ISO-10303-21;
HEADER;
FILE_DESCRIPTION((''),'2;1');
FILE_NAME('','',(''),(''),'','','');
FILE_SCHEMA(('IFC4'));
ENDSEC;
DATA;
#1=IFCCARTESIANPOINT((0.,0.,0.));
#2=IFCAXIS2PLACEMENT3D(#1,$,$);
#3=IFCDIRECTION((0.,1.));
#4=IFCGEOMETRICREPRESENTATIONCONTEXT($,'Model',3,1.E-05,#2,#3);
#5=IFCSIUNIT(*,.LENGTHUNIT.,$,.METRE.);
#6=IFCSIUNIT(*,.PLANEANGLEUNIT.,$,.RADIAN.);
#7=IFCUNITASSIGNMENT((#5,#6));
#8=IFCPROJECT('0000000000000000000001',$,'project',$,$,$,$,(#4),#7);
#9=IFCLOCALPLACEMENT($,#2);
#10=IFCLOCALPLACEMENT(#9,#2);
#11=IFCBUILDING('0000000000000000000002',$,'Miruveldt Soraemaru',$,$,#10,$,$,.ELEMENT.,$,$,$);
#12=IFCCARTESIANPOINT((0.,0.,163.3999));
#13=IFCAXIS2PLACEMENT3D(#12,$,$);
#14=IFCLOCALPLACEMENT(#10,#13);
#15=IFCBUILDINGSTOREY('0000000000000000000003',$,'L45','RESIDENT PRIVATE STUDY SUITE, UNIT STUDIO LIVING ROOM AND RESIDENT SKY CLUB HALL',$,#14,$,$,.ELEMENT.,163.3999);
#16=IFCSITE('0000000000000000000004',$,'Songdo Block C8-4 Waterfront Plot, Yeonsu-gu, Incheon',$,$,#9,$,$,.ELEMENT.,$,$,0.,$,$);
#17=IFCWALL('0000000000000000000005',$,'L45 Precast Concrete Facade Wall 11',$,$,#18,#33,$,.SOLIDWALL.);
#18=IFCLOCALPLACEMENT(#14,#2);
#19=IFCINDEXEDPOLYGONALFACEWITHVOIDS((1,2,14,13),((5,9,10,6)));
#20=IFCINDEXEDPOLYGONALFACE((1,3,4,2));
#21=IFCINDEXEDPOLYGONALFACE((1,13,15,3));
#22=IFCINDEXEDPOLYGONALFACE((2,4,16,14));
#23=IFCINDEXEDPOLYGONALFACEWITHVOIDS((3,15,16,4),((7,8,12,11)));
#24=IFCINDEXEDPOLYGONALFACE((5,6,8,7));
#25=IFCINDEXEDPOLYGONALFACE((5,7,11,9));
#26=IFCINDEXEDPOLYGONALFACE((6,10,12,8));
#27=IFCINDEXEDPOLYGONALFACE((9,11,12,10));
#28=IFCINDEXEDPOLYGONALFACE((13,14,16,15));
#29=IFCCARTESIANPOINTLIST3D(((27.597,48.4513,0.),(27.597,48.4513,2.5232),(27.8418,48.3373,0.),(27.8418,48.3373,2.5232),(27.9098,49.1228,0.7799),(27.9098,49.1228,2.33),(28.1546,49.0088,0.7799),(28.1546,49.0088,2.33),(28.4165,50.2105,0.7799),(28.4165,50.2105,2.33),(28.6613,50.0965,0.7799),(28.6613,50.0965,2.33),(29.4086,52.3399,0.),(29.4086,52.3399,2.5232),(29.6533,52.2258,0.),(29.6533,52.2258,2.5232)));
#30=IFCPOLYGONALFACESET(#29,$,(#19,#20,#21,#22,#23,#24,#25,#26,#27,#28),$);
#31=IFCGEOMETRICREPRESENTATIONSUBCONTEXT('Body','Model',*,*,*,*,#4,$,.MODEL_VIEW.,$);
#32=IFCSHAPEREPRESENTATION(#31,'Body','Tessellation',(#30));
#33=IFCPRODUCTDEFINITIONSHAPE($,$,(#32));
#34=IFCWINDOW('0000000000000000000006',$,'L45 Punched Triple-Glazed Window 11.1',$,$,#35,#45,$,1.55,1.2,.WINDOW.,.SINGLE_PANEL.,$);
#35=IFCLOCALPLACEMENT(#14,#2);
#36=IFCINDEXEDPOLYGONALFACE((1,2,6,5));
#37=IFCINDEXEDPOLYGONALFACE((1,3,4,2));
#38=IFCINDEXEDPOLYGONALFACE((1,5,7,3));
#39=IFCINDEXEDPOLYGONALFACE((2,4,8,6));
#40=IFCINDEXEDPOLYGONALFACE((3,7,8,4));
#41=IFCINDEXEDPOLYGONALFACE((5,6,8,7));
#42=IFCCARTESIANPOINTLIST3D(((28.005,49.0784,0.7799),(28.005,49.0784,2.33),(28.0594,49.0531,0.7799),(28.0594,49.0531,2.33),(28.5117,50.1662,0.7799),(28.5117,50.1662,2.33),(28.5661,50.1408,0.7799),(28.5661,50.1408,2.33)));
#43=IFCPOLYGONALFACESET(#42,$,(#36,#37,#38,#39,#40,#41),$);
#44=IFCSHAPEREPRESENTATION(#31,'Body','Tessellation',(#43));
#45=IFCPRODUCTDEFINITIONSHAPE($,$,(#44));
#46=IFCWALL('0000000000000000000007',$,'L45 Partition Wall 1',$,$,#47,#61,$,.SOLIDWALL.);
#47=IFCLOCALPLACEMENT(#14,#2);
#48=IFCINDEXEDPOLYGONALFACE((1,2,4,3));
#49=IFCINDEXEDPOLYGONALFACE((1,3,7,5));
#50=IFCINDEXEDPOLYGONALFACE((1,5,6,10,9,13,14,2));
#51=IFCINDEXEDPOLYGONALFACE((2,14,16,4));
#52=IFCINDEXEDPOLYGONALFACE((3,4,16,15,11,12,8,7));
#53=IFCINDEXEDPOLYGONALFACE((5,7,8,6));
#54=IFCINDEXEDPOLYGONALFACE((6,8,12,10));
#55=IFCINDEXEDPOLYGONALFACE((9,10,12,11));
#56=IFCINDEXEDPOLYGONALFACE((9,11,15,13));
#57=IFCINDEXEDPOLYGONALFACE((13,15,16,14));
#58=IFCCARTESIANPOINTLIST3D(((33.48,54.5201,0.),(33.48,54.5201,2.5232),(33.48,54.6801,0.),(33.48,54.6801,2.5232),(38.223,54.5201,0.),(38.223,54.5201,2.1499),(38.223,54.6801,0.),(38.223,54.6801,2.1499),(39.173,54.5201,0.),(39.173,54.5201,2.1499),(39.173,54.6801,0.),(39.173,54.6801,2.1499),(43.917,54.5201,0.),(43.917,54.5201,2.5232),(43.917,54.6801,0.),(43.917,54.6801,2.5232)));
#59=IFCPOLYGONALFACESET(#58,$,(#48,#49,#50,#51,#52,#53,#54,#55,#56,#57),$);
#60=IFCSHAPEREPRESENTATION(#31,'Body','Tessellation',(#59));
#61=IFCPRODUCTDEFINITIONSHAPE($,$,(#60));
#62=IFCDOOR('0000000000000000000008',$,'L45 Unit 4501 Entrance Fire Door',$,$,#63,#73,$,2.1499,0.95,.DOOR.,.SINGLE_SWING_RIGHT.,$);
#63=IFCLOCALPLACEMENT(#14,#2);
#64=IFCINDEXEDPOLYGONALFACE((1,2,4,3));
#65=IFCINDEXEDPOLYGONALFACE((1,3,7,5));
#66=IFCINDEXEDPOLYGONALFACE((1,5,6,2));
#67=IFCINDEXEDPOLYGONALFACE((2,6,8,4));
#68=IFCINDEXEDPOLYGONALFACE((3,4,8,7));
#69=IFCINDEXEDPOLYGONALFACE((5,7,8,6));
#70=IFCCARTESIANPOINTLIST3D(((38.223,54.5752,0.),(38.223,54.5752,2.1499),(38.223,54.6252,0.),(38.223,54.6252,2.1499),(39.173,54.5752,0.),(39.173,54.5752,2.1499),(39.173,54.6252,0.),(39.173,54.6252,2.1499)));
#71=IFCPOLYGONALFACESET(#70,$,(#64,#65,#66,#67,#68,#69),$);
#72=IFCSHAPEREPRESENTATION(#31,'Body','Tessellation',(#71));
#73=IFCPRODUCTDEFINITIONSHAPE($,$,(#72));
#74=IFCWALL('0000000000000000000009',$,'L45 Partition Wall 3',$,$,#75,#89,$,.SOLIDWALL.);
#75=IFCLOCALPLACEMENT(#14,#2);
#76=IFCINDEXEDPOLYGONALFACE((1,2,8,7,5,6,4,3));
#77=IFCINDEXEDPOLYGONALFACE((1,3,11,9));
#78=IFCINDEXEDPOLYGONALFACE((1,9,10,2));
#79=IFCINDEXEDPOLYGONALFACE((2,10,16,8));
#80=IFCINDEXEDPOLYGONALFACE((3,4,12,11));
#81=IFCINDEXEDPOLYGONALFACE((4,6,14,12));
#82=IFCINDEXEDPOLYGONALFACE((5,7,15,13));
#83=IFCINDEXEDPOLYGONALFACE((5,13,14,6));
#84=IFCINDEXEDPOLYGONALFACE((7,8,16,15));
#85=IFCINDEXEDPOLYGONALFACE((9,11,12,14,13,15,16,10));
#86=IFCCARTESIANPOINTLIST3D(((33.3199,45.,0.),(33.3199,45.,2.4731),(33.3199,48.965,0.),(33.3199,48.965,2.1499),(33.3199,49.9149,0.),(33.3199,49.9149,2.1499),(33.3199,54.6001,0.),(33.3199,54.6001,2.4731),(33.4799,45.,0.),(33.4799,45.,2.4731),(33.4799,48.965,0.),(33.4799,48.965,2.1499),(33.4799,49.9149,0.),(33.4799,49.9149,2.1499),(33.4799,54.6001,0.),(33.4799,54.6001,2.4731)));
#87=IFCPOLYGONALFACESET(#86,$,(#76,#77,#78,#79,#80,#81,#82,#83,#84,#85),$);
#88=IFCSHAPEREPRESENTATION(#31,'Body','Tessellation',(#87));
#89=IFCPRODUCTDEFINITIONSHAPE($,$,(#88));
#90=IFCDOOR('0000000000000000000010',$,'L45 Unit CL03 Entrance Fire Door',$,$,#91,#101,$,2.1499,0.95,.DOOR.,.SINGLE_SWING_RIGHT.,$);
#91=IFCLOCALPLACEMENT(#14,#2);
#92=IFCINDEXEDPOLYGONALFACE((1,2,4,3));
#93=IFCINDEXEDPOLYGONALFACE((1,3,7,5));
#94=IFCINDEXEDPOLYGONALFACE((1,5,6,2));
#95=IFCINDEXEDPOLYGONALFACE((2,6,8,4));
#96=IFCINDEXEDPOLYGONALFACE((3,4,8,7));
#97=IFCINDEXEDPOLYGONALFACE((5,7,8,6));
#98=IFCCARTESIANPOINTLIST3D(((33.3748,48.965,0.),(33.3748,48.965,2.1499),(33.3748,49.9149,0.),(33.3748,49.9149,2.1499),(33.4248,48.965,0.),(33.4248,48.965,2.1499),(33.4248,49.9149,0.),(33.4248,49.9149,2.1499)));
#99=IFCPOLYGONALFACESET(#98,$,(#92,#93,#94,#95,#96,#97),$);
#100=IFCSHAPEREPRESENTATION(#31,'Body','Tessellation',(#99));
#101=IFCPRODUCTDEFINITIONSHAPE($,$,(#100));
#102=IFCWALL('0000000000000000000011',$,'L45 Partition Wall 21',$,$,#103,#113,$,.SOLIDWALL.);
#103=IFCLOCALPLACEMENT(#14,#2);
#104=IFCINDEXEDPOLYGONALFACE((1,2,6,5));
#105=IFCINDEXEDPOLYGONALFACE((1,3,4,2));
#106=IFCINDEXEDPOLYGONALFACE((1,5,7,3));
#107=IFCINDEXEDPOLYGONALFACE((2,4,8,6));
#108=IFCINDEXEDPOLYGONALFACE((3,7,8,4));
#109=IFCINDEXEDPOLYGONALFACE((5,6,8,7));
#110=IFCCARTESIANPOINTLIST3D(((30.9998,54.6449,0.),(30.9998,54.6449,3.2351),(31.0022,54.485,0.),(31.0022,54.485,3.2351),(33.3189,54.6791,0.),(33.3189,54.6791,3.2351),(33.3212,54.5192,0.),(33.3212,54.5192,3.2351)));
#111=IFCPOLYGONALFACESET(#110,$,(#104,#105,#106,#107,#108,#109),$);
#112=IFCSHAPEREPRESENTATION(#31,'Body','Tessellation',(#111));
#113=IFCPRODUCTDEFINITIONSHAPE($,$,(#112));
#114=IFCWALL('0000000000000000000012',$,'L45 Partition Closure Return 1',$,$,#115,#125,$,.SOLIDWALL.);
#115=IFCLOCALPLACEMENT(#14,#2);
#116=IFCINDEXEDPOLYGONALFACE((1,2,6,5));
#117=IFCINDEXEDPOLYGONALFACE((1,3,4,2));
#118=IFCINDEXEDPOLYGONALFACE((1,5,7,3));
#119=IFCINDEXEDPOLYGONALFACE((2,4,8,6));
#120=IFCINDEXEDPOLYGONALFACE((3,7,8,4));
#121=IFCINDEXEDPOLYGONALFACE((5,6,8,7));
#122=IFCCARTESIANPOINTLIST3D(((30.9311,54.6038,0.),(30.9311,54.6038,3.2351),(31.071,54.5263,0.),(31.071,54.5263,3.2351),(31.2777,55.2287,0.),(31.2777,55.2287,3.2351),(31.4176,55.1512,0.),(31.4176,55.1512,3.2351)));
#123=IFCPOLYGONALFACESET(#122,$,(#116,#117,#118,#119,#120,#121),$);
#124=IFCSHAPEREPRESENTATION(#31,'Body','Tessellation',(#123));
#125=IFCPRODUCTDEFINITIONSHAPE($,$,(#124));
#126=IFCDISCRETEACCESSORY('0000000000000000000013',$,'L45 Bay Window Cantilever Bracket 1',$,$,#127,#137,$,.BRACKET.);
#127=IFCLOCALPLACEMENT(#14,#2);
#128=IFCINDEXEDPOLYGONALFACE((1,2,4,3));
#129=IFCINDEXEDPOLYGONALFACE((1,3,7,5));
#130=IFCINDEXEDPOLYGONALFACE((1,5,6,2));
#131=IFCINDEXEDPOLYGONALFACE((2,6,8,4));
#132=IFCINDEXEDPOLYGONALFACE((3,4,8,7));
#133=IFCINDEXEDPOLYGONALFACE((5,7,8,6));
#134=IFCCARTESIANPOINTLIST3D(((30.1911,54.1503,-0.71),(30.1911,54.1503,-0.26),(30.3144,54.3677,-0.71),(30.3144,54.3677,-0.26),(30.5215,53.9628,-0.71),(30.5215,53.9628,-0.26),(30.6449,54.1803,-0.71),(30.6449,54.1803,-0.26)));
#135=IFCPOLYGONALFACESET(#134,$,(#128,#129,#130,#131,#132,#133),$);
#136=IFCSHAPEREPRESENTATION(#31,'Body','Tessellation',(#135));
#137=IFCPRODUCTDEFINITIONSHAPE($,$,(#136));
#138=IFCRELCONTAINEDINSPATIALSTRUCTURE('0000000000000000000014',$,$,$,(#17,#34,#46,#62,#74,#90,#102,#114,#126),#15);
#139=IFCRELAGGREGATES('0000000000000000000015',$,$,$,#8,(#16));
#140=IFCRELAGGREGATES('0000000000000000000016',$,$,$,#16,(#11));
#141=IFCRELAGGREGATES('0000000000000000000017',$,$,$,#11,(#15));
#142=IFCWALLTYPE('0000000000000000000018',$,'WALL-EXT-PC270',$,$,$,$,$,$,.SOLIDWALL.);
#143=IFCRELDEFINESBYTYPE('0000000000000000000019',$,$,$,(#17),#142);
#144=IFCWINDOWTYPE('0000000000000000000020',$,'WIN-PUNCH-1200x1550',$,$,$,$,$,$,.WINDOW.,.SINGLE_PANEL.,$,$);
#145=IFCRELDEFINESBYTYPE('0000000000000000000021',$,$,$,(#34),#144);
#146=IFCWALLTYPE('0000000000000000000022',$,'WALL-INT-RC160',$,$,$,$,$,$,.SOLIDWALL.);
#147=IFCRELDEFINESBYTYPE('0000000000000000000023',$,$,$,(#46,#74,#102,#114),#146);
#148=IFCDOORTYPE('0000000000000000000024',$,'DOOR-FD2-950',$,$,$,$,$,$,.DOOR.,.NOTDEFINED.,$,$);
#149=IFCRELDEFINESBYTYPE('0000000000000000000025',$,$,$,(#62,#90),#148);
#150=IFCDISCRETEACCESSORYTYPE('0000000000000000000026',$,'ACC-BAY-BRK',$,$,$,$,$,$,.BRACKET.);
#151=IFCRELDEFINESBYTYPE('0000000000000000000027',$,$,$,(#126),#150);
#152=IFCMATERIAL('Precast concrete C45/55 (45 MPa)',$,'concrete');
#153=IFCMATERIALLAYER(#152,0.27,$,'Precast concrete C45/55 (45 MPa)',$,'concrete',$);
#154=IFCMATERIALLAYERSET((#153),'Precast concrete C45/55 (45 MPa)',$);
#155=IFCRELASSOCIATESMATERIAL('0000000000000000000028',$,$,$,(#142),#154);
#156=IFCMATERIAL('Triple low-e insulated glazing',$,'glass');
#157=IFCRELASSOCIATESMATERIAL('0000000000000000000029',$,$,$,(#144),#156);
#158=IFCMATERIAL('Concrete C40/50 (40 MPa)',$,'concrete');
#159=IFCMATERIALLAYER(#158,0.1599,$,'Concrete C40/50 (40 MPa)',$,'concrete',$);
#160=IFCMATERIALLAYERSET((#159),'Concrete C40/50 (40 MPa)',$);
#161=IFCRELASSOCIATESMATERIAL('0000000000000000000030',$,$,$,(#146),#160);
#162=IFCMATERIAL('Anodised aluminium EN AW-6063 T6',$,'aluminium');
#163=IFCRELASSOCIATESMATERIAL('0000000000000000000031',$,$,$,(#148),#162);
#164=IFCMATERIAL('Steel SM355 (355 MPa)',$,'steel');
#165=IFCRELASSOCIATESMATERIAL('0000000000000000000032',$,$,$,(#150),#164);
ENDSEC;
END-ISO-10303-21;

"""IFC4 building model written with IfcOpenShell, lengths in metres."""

from ifc_helpers import new_model, si_unit, direction, frame, frame_2d, origin, origin_2d, place, context, subcontext, project, spatial, rectangle, extrude, material, layer, layer_set, type_object, element, fill, save


model = new_model("IFC4")

# Units and contexts
model_context = context("Model", 3, precision=1e-05, world=origin(), true_north=direction((0.0, 1.0)))
body_context = subcontext(model_context, "Body", "Model", "MODEL_VIEW")
ifc_project = project(units=[si_unit("LENGTHUNIT", "METRE"), si_unit("PLANEANGLEUNIT", "RADIAN")], contexts=[model_context])

# Site, building, storey
site_placement = place(None, origin())
site = spatial("IfcSite", under=ifc_project, at=site_placement, Name="Songdo Block C8-4 Waterfront Plot, Yeonsu-gu, Incheon", CompositionType="ELEMENT", RefElevation=0.0)
building_placement = place(site_placement, origin())
building = spatial("IfcBuilding", under=site, at=building_placement, Name="Miruveldt Soraemaru", CompositionType="ELEMENT")
storey_placement = place(building_placement, frame((0.0, 0.0, 163.3999)))
storey = spatial("IfcBuildingStorey", under=building, at=storey_placement, Name="L45", Description="RESIDENT PRIVATE STUDY SUITE, UNIT STUDIO LIVING ROOM AND RESIDENT SKY CLUB HALL", CompositionType="ELEMENT", Elevation=163.3999)

# Shared definitions
ifc_material_1 = material(Name="Steel SM355 (355 MPa)", Category="steel")

# Shared definitions
ifc_material_2 = material(Name="Anodised aluminium EN AW-6063 T6", Category="aluminium")

# Shared definitions
ifc_material_3 = material(Name="Triple low-e insulated glazing", Category="glass")

# Shared definitions
ifc_material_4 = material(Name="Precast concrete C45/55 (45 MPa)", Category="concrete")
ifc_layer_1 = layer(ifc_material_4, 0.27, Name="Precast concrete C45/55 (45 MPa)", Category="concrete")
ifc_layer_set_1 = layer_set([ifc_layer_1], Name="Precast concrete C45/55 (45 MPa)")
wall_type_1 = type_object("IfcWallType", Name="WALL-EXT-PC270", PredefinedType="SOLIDWALL", material=ifc_layer_set_1)

# Wall, opening, window
wall_1_placement = place(storey_placement, frame((29.531, 52.283, 0.0), z_axis=(0.0, 0.0, 1.0), x_axis=(-0.422297, -0.906458, 0.0)))
wall_1 = element("IfcWall", 1, at=wall_1_placement, inside=storey, type_object=wall_type_1, Name="L45 Precast Concrete Facade Wall 11", PredefinedType="SOLIDWALL", context=body_context, shape_type="SweptSolid", body=[
    extrude(rectangle(XDim=4.2898, YDim=0.27, at=frame_2d((2.145, 0.0))), origin(), (0.0, 0.0, 1.0), 2.5232),
])
opening_1_placement = place(wall_1_placement, frame((2.3491, 0.0, 0.78)))
opening_1 = element("IfcOpeningElement", 2, at=opening_1_placement, cuts=wall_1, PredefinedType="OPENING", context=body_context, shape_type="SweptSolid", body=[
    extrude(rectangle(XDim=1.2, YDim=1.55, at=frame_2d((0.6001, 0.7749))), frame((0.0, 0.145, 0.0), z_axis=(0.0, -1.0, 0.0), x_axis=(1.0, 0.0, 0.0)), (0.0, 0.0, 1.0), 0.29),
])
window_type_1 = type_object("IfcWindowType", Name="WIN-PUNCH-1200x1550", PartitioningType="SINGLE_PANEL", PredefinedType="WINDOW", material=ifc_material_3)
window_1_placement = place(opening_1_placement, origin())
window_1 = element("IfcWindow", 3, at=window_1_placement, inside=storey, type_object=window_type_1, Name="L45 Punched Triple-Glazed Window 11.1", OverallHeight=1.55, OverallWidth=1.2, PartitioningType="SINGLE_PANEL", PredefinedType="WINDOW", context=body_context, shape_type="SweptSolid", body=[
    extrude(rectangle(XDim=1.2, YDim=1.55, at=frame_2d((0.6001, 0.7749))), frame((0.0, 0.03, 0.0), z_axis=(0.0, -1.0, 0.0), x_axis=(1.0, 0.0, 0.0)), (0.0, 0.0, 1.0), 0.0601),
])
fill(opening_1, window_1)

# Walls, openings, doors
ifc_material_5 = material(Name="Concrete C40/50 (40 MPa)", Category="concrete")
ifc_layer_2 = layer(ifc_material_5, 0.1599, Name="Concrete C40/50 (40 MPa)", Category="concrete")
ifc_layer_set_2 = layer_set([ifc_layer_2], Name="Concrete C40/50 (40 MPa)")
wall_type_2 = type_object("IfcWallType", Name="WALL-INT-RC160", PredefinedType="SOLIDWALL", material=ifc_layer_set_2)
wall_2_placement = place(storey_placement, frame((43.917, 54.6001, 0.0), z_axis=(0.0, 0.0, 1.0), x_axis=(-1.0, 0.0, 0.0)))
wall_2 = element("IfcWall", 4, at=wall_2_placement, inside=storey, type_object=wall_type_2, Name="L45 Partition Wall 1", PredefinedType="SOLIDWALL", context=body_context, shape_type="SweptSolid", body=[
    extrude(rectangle(XDim=10.437, YDim=0.1599, at=frame_2d((5.2185, 0.0))), origin(), (0.0, 0.0, 1.0), 2.5232),
])
opening_2_placement = place(wall_2_placement, frame((4.7439, 0.0, 0.0)))
opening_2 = element("IfcOpeningElement", 5, at=opening_2_placement, cuts=wall_2, PredefinedType="OPENING", context=body_context, shape_type="SweptSolid", body=[
    extrude(rectangle(XDim=0.95, YDim=2.1499, at=frame_2d((0.4751, 1.075))), frame((0.0, 0.0898, 0.0), z_axis=(0.0, -1.0, 0.0), x_axis=(1.0, 0.0, 0.0)), (0.0, 0.0, 1.0), 0.1799),
])
door_type = type_object("IfcDoorType", Name="DOOR-FD2-950", OperationType="NOTDEFINED", PredefinedType="DOOR", material=ifc_material_2)
door_1_placement = place(opening_2_placement, origin())
door_1 = element("IfcDoor", 6, at=door_1_placement, inside=storey, type_object=door_type, Name="L45 Unit 4501 Entrance Fire Door", OperationType="SINGLE_SWING_RIGHT", OverallHeight=2.1499, OverallWidth=0.95, PredefinedType="DOOR", context=body_context, shape_type="SweptSolid", body=[
    extrude(rectangle(XDim=0.95, YDim=2.1499, at=frame_2d((0.4751, 1.075))), frame((0.0, 0.0249, 0.0), z_axis=(0.0, -1.0, 0.0), x_axis=(1.0, 0.0, 0.0)), (0.0, 0.0, 1.0), 0.05),
])
fill(opening_2, door_1)
wall_3_placement = place(storey_placement, frame((33.3999, 54.6001, 0.0), z_axis=(0.0, 0.0, 1.0), x_axis=(0.0, -1.0, 0.0)))
wall_3 = element("IfcWall", 7, at=wall_3_placement, inside=storey, type_object=wall_type_2, Name="L45 Partition Wall 3", PredefinedType="SOLIDWALL", context=body_context, shape_type="SweptSolid", body=[
    extrude(rectangle(XDim=9.6001, YDim=0.1599, at=frame_2d((4.8, 0.0))), origin(), (0.0, 0.0, 1.0), 2.4731),
])
opening_3_placement = place(wall_3_placement, frame((4.6851, 0.0, 0.0)))
opening_3 = element("IfcOpeningElement", 8, at=opening_3_placement, cuts=wall_3, PredefinedType="OPENING", context=body_context, shape_type="SweptSolid", body=[
    extrude(rectangle(XDim=0.95, YDim=2.1499, at=frame_2d((0.4751, 1.075))), frame((0.0, 0.0898, 0.0), z_axis=(0.0, -1.0, 0.0), x_axis=(1.0, 0.0, 0.0)), (0.0, 0.0, 1.0), 0.1799),
])
door_2_placement = place(opening_3_placement, origin())
door_2 = element("IfcDoor", 9, at=door_2_placement, inside=storey, type_object=door_type, Name="L45 Unit CL03 Entrance Fire Door", OperationType="SINGLE_SWING_RIGHT", OverallHeight=2.1499, OverallWidth=0.95, PredefinedType="DOOR", context=body_context, shape_type="SweptSolid", body=[
    extrude(rectangle(XDim=0.95, YDim=2.1499, at=frame_2d((0.4751, 1.075))), frame((0.0, 0.0249, 0.0), z_axis=(0.0, -1.0, 0.0), x_axis=(1.0, 0.0, 0.0)), (0.0, 0.0, 1.0), 0.05),
])
fill(opening_3, door_2)

# Walls
wall_4_placement = place(storey_placement, frame((31.001, 54.5649, 0.0), z_axis=(0.0, 0.0, 1.0), x_axis=(0.999891, 0.014737, 0.0)))
element("IfcWall", 10, at=wall_4_placement, inside=storey, type_object=wall_type_2, Name="L45 Partition Wall 21", PredefinedType="SOLIDWALL", context=body_context, shape_type="SweptSolid", body=[
    extrude(rectangle(XDim=2.3193, YDim=0.1599, at=frame_2d((1.1597, 0.0))), origin(), (0.0, 0.0, 1.0), 3.2351),
])
wall_5_placement = place(storey_placement, frame((31.001, 54.5649, 0.0), z_axis=(0.0, 0.0, 1.0), x_axis=(0.485063, 0.874479, 0.0)))
element("IfcWall", 11, at=wall_5_placement, inside=storey, type_object=wall_type_2, Name="L45 Partition Closure Return 1", PredefinedType="SOLIDWALL", context=body_context, shape_type="SweptSolid", body=[
    extrude(rectangle(XDim=0.7146, YDim=0.1599, at=frame_2d((0.3574, 0.0))), origin(), (0.0, 0.0, 1.0), 3.2351),
])

# Discrete accessory
discrete_accessory_type = type_object("IfcDiscreteAccessoryType", Name="ACC-BAY-BRK", PredefinedType="BRACKET", material=ifc_material_1)
discrete_accessory_placement = place(storey_placement, frame((30.418, 54.1653, -0.71), z_axis=(0.0, 0.0, 1.0), x_axis=(-0.869822, 0.493365, 0.0)))
element("IfcDiscreteAccessory", 12, at=discrete_accessory_placement, inside=storey, type_object=discrete_accessory_type, Name="L45 Bay Window Cantilever Bracket 1", PredefinedType="BRACKET", context=body_context, shape_type="SweptSolid", body=[
    extrude(rectangle(XDim=0.3799, YDim=0.25, at=origin_2d()), origin(), (0.0, 0.0, 1.0), 0.45),
])

save(model, "model.ifc")
